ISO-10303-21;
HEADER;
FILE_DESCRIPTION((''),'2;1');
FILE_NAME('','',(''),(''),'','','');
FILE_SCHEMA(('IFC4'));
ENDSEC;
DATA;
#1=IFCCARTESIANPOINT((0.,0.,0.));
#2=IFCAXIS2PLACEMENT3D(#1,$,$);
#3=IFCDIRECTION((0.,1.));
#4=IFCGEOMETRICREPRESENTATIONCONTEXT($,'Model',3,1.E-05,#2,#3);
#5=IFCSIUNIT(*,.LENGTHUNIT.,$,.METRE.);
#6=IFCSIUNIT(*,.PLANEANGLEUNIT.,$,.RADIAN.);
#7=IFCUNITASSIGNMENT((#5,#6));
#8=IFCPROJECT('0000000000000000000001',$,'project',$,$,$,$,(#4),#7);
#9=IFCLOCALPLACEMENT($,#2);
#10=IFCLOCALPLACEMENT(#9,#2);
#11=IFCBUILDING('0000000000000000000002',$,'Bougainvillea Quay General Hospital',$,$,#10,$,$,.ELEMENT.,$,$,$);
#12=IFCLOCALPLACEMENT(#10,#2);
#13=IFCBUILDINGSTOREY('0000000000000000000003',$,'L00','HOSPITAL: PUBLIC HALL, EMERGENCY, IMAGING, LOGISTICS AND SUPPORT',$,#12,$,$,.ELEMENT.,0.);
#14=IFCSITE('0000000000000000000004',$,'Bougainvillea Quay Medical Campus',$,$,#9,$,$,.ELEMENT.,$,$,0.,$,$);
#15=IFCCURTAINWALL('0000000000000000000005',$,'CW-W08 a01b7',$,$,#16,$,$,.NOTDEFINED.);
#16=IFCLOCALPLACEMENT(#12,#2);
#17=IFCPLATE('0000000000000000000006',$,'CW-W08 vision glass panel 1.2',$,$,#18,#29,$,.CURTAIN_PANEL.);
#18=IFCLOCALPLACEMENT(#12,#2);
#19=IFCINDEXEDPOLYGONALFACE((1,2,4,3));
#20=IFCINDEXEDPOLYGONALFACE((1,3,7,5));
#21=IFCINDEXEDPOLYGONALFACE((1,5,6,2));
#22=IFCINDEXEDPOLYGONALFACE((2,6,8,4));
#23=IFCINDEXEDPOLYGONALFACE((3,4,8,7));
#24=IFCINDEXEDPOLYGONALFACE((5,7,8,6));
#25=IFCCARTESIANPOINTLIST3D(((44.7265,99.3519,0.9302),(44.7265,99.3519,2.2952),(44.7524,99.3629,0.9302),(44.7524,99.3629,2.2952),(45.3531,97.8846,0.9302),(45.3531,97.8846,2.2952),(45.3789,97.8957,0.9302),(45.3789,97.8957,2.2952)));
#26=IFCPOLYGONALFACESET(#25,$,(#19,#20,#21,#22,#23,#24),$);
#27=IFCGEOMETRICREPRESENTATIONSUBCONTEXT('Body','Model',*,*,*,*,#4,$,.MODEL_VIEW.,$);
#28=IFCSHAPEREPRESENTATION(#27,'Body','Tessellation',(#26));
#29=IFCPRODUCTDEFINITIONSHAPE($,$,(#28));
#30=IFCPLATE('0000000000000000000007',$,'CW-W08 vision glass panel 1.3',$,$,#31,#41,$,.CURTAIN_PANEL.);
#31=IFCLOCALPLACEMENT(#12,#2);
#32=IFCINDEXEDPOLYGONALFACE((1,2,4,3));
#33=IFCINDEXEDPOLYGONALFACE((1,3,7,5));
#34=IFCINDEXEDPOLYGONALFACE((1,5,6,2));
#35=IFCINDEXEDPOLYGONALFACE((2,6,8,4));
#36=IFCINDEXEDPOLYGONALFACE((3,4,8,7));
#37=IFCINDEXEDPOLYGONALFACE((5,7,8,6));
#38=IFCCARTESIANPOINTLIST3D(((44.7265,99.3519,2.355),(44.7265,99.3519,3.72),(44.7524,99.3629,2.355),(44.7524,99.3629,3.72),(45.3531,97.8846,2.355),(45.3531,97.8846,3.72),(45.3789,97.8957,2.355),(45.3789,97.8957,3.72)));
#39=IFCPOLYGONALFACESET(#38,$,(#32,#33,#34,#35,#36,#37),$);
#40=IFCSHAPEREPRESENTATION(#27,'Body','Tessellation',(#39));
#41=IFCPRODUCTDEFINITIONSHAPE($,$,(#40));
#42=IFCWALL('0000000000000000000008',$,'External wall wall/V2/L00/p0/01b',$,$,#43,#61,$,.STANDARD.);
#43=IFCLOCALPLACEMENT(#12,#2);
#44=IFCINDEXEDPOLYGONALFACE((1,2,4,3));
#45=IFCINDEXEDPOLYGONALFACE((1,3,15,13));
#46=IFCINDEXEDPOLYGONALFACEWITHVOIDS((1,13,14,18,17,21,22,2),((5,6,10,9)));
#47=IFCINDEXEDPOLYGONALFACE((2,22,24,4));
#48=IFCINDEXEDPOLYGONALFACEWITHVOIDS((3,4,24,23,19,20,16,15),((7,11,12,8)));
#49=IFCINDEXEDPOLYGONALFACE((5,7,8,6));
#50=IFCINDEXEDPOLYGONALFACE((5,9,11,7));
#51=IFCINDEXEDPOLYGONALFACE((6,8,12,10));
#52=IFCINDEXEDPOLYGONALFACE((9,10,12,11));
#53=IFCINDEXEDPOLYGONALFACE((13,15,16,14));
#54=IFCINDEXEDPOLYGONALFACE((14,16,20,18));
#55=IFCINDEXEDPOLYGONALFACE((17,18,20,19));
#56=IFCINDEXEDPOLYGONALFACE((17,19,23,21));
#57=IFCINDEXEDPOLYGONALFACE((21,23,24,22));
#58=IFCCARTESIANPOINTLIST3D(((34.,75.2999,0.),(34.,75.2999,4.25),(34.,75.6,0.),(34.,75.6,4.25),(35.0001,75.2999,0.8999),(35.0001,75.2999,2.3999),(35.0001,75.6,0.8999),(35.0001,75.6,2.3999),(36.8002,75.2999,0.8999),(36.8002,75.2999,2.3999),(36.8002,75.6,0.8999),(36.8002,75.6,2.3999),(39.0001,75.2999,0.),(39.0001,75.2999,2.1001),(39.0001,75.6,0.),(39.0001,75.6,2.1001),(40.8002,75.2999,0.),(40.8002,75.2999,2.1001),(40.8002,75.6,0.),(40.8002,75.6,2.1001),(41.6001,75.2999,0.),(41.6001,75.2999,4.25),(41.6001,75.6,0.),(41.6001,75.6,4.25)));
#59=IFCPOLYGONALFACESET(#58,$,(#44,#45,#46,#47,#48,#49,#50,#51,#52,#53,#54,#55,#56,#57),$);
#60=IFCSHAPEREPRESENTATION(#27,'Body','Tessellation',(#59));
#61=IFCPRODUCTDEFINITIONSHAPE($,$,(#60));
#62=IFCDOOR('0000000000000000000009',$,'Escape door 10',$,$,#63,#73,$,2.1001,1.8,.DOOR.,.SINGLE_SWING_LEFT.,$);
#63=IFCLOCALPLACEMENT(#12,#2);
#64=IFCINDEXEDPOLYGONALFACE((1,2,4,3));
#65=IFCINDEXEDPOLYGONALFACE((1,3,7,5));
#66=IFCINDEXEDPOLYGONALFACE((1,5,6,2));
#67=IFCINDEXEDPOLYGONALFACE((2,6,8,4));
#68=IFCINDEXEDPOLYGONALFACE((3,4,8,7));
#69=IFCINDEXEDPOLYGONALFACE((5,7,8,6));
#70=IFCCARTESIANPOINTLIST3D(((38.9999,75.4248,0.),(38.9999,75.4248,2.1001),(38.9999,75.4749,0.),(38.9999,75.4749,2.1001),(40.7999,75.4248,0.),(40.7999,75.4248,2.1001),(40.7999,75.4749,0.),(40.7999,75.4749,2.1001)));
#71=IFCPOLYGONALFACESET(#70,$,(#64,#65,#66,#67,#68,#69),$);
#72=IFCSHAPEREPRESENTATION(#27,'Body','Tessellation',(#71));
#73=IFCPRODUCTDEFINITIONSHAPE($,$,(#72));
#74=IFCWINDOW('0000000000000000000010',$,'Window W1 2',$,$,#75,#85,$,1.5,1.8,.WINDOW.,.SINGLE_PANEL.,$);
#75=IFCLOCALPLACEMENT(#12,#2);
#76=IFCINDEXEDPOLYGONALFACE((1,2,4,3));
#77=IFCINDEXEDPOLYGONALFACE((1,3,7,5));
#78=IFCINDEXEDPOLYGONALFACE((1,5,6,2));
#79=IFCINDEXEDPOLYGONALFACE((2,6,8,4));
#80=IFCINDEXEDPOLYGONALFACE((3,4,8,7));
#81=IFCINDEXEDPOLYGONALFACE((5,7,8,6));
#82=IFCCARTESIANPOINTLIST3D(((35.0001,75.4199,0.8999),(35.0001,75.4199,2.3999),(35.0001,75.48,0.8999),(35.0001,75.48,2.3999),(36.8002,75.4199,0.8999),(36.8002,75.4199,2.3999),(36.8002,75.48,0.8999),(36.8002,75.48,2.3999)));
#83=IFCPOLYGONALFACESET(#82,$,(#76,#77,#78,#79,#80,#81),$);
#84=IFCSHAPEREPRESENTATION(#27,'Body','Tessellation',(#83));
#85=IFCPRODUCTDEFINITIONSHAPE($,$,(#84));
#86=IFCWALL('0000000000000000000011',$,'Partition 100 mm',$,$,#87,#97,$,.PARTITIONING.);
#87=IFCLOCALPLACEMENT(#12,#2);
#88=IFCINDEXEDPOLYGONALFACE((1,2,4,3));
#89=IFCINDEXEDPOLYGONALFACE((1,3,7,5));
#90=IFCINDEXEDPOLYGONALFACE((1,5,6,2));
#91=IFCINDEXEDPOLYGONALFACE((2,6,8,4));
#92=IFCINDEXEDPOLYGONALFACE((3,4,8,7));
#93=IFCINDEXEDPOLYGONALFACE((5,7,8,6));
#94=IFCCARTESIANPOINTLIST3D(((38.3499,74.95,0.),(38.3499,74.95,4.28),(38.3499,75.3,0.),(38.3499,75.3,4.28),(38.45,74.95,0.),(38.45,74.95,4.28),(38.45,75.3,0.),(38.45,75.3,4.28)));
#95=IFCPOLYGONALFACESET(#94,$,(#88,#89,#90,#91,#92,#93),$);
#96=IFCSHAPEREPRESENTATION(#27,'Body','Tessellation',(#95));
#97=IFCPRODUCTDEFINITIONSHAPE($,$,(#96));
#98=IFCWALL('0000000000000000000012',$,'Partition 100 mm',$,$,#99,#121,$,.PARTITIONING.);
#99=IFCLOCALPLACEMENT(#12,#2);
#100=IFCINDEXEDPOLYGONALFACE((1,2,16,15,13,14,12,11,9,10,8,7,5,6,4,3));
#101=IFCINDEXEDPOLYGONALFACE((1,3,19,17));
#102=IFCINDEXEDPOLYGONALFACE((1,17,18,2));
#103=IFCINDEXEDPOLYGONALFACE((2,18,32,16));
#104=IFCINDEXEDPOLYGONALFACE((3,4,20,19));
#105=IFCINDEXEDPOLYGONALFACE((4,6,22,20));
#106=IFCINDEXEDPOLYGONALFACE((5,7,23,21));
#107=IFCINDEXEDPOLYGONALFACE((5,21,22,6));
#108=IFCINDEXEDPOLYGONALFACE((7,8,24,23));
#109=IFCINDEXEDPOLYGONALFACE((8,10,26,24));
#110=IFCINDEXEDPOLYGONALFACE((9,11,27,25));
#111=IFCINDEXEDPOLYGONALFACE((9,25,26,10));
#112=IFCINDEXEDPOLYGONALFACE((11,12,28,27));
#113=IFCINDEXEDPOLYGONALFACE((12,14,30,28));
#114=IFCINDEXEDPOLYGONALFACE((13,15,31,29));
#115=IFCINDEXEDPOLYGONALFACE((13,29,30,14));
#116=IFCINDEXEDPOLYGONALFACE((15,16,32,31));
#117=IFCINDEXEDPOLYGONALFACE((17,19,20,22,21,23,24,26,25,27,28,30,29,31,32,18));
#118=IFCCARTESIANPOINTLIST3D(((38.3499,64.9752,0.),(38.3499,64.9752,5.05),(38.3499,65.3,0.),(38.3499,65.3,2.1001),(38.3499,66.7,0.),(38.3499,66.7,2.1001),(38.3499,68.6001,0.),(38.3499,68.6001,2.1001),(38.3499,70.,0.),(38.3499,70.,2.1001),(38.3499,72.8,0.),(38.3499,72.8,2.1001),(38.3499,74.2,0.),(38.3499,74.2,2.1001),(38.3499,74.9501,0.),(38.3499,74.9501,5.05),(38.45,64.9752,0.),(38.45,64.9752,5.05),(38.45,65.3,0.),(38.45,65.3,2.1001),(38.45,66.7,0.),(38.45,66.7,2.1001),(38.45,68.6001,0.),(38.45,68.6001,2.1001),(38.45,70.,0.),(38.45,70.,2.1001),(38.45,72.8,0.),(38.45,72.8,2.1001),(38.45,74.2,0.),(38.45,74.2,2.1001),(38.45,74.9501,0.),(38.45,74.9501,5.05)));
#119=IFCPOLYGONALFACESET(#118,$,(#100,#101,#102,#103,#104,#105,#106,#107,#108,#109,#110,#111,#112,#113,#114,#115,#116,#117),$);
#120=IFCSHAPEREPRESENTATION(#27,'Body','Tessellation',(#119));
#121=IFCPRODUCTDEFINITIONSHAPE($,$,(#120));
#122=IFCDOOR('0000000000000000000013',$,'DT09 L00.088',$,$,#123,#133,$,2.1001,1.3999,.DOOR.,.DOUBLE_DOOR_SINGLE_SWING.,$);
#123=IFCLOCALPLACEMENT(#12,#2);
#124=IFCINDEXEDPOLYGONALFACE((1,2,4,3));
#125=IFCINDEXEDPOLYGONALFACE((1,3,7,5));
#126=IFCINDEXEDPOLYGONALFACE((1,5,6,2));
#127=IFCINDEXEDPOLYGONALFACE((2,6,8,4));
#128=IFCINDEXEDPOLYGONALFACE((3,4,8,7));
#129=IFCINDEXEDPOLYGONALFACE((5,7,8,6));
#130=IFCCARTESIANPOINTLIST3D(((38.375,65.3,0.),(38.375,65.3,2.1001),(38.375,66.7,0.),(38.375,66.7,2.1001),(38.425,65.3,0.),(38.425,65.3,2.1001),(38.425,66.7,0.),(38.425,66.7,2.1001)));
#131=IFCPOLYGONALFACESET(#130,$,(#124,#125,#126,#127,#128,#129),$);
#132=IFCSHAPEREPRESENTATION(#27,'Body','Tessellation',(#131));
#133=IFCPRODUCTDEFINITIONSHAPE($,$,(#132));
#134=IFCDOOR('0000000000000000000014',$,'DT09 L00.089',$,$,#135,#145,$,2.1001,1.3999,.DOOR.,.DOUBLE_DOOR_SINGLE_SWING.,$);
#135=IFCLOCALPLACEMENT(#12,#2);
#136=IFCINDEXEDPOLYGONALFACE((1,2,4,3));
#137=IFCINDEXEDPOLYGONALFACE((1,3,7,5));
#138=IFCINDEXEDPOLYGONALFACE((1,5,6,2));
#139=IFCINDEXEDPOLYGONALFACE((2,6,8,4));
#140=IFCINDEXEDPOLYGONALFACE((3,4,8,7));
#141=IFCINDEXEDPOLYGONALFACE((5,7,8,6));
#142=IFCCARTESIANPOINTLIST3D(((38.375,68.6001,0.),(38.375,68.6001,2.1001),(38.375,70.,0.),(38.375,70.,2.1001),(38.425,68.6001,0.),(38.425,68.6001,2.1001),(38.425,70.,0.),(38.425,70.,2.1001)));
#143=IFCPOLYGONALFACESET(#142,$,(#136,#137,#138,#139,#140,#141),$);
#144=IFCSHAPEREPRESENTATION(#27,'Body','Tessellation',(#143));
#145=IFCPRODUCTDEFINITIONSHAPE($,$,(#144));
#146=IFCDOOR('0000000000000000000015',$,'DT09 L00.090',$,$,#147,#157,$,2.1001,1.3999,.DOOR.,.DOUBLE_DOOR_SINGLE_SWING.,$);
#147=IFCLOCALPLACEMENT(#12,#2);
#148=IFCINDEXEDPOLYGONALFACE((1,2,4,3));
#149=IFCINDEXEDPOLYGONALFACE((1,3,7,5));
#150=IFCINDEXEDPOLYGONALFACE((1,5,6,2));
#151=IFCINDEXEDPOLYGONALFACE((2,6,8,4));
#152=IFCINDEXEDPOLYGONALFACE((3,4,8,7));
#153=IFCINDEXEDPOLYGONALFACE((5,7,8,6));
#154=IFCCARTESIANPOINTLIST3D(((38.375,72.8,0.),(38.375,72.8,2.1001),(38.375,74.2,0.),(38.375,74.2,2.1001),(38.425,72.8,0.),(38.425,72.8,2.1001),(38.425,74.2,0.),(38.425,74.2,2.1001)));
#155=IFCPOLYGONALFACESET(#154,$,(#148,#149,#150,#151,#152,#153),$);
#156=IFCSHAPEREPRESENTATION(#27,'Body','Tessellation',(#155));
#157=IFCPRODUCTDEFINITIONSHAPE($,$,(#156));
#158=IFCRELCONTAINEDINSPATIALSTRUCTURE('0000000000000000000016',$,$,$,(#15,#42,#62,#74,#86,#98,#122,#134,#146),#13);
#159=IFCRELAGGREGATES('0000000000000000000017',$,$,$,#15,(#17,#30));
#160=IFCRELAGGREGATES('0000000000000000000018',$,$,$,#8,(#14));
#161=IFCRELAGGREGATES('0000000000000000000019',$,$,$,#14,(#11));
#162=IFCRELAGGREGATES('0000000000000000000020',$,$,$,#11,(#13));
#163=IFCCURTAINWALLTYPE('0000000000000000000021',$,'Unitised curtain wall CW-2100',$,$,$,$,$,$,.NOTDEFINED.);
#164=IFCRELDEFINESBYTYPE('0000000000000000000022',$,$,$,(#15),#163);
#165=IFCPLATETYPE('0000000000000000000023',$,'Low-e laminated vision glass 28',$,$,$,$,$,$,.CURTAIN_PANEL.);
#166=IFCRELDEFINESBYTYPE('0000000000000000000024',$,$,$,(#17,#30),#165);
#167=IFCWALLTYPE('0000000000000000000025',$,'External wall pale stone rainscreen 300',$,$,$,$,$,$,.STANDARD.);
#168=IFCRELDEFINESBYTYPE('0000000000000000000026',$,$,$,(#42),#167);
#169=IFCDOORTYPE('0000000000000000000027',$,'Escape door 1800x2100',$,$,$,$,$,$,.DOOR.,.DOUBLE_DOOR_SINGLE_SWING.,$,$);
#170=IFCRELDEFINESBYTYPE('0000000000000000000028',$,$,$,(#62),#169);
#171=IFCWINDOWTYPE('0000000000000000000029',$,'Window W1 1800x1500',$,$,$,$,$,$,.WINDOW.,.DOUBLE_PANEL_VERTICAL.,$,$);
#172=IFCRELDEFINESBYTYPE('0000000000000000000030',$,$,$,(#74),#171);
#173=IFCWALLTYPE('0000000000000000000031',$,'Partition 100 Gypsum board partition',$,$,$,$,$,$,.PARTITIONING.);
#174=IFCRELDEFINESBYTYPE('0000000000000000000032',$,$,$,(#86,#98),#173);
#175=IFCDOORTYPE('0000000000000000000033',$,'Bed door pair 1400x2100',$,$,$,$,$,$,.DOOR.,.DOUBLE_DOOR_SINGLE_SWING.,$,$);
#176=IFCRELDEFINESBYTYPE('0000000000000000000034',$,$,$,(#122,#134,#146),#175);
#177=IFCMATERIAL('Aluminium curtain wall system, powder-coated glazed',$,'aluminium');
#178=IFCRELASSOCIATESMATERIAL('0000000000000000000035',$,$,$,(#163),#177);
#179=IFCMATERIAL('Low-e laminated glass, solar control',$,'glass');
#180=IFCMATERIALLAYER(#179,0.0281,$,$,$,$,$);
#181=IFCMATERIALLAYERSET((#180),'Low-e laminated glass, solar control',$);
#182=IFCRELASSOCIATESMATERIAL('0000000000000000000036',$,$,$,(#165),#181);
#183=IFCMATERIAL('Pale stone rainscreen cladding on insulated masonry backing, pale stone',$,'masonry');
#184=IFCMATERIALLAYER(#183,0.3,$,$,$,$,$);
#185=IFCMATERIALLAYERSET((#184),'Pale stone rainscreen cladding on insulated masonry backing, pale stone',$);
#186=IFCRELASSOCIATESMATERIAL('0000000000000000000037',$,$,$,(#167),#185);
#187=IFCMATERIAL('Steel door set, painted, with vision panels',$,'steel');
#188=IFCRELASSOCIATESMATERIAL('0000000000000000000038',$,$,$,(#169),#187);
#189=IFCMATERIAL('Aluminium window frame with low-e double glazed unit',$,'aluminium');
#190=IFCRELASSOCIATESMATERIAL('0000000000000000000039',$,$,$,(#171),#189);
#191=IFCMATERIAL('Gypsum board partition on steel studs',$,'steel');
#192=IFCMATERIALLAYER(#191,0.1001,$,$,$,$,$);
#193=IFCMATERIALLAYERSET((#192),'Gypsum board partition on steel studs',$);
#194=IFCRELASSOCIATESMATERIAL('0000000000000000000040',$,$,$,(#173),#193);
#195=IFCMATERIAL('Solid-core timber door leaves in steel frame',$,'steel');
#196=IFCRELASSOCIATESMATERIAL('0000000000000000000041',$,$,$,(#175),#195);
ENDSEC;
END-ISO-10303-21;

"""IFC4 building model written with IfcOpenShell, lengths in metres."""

from ifc_helpers import new_model, si_unit, direction, frame, frame_2d, origin, origin_2d, place, context, subcontext, project, spatial, rectangle, extrude, material, layer, layer_set, type_object, element, fill, aggregate, save


model = new_model("IFC4")

# Units and contexts
model_context = context("Model", 3, precision=1e-05, world=origin(), true_north=direction((0.0, 1.0)))
body_context = subcontext(model_context, "Body", "Model", "MODEL_VIEW")
ifc_project = project(units=[si_unit("LENGTHUNIT", "METRE"), si_unit("PLANEANGLEUNIT", "RADIAN")], contexts=[model_context])

# Site, building, storey
site_placement = place(None, origin())
site = spatial("IfcSite", under=ifc_project, at=site_placement, Name="Bougainvillea Quay Medical Campus", CompositionType="ELEMENT", RefElevation=0.0)
building_placement = place(site_placement, origin())
building = spatial("IfcBuilding", under=site, at=building_placement, Name="Bougainvillea Quay General Hospital", CompositionType="ELEMENT")
storey_placement = place(building_placement, origin())
storey = spatial("IfcBuildingStorey", under=building, at=storey_placement, Name="L00", Description="HOSPITAL: PUBLIC HALL, EMERGENCY, IMAGING, LOGISTICS AND SUPPORT", CompositionType="ELEMENT", Elevation=0.0)

# Curtain wall, plates
ifc_material_1 = material(Name="Aluminium curtain wall system, powder-coated glazed", Category="aluminium")
curtain_wall_type = type_object("IfcCurtainWallType", Name="Unitised curtain wall CW-2100", PredefinedType="NOTDEFINED", material=ifc_material_1)
curtain_wall_placement = place(storey_placement, origin())
curtain_wall = element("IfcCurtainWall", 1, at=curtain_wall_placement, inside=storey, type_object=curtain_wall_type, Name="CW-W08 a01b7", PredefinedType="NOTDEFINED")
ifc_material_2 = material(Name="Low-e laminated glass, solar control", Category="glass")
ifc_layer_1 = layer(ifc_material_2, 0.0281)
ifc_layer_set_1 = layer_set([ifc_layer_1], Name="Low-e laminated glass, solar control")
plate_type_1 = type_object("IfcPlateType", Name="Low-e laminated vision glass 28", PredefinedType="CURTAIN_PANEL", material=ifc_layer_set_1)
plate_1_placement = place(storey_placement, frame((45.0527, 98.6238, 0.9302), z_axis=(0.0, 0.0, 1.0), x_axis=(-0.392719, 0.919659, 0.0)))
plate_1 = element("IfcPlate", 2, at=plate_1_placement, type_object=plate_type_1, Name="CW-W08 vision glass panel 1.2", PredefinedType="CURTAIN_PANEL", context=body_context, shape_type="SweptSolid", body=[
    extrude(rectangle(XDim=1.5955, YDim=0.0281, at=origin_2d()), origin(), (0.0, 0.0, 1.0), 1.365),
])
plate_2_placement = place(storey_placement, frame((45.0527, 98.6238, 2.355), z_axis=(0.0, 0.0, 1.0), x_axis=(-0.392719, 0.919659, 0.0)))
plate_2 = element("IfcPlate", 3, at=plate_2_placement, type_object=plate_type_1, Name="CW-W08 vision glass panel 1.3", PredefinedType="CURTAIN_PANEL", context=body_context, shape_type="SweptSolid", body=[
    extrude(rectangle(XDim=1.5955, YDim=0.0281, at=origin_2d()), origin(), (0.0, 0.0, 1.0), 1.365),
])
aggregate(curtain_wall, [plate_1, plate_2])

# Wall, openings, door, window
ifc_material_3 = material(Name="Pale stone rainscreen cladding on insulated masonry backing, pale stone", Category="masonry")
ifc_layer_2 = layer(ifc_material_3, 0.3)
ifc_layer_set_2 = layer_set([ifc_layer_2], Name="Pale stone rainscreen cladding on insulated masonry backing, pale stone")
wall_type_1 = type_object("IfcWallType", Name="External wall pale stone rainscreen 300", PredefinedType="STANDARD", material=ifc_layer_set_2)
wall_1_placement = place(storey_placement, frame((41.6001, 75.45, 0.0), z_axis=(0.0, 0.0, 1.0), x_axis=(-1.0, 0.0, 0.0)))
wall_1 = element("IfcWall", 4, at=wall_1_placement, inside=storey, type_object=wall_type_1, Name="External wall wall/V2/L00/p0/01b", PredefinedType="STANDARD", context=body_context, shape_type="SweptSolid", body=[
    extrude(rectangle(XDim=7.6001, YDim=0.3, at=frame_2d((3.8, 0.0))), origin(), (0.0, 0.0, 1.0), 4.25),
])
opening_1_placement = place(wall_1_placement, frame((0.8, 0.0, 0.0)))
opening_1 = element("IfcOpeningElement", 5, at=opening_1_placement, cuts=wall_1, PredefinedType="OPENING", context=body_context, shape_type="SweptSolid", body=[
    extrude(rectangle(XDim=1.8, YDim=2.1001, at=frame_2d((0.8999, 1.05))), frame((0.0, 0.1599, 0.0), z_axis=(0.0, -1.0, 0.0), x_axis=(1.0, 0.0, 0.0)), (0.0, 0.0, 1.0), 0.3201),
])
opening_2_placement = place(wall_1_placement, frame((4.8, 0.0, 0.8999)))
opening_2 = element("IfcOpeningElement", 6, at=opening_2_placement, cuts=wall_1, PredefinedType="OPENING", context=body_context, shape_type="SweptSolid", body=[
    extrude(rectangle(XDim=1.8, YDim=1.5, at=frame_2d((0.8999, 0.75))), frame((0.0, 0.1599, 0.0), z_axis=(0.0, -1.0, 0.0), x_axis=(1.0, 0.0, 0.0)), (0.0, 0.0, 1.0), 0.3201),
])
ifc_material_4 = material(Name="Steel door set, painted, with vision panels", Category="steel")
door_type_1 = type_object("IfcDoorType", Name="Escape door 1800x2100", OperationType="DOUBLE_DOOR_SINGLE_SWING", PredefinedType="DOOR", material=ifc_material_4)
door_1_placement = place(opening_1_placement, frame((1.8, 0.0, 0.0), z_axis=(0.0, 0.0, 1.0), x_axis=(-1.0, 0.0, 0.0)))
door_1 = element("IfcDoor", 7, at=door_1_placement, inside=storey, type_object=door_type_1, Name="Escape door 10", OperationType="SINGLE_SWING_LEFT", OverallHeight=2.1001, OverallWidth=1.8, PredefinedType="DOOR", context=body_context, shape_type="SweptSolid", body=[
    extrude(rectangle(XDim=1.8, YDim=2.1001, at=frame_2d((0.8999, 1.05))), frame((0.0, 0.0249, 0.0), z_axis=(0.0, -1.0, 0.0), x_axis=(1.0, 0.0, 0.0)), (0.0, 0.0, 1.0), 0.05),
])
fill(opening_1, door_1)
ifc_material_5 = material(Name="Aluminium window frame with low-e double glazed unit", Category="aluminium")
window_type = type_object("IfcWindowType", Name="Window W1 1800x1500", PartitioningType="DOUBLE_PANEL_VERTICAL", PredefinedType="WINDOW", material=ifc_material_5)
window_placement = place(opening_2_placement, origin())
window = element("IfcWindow", 8, at=window_placement, inside=storey, type_object=window_type, Name="Window W1 2", OverallHeight=1.5, OverallWidth=1.8, PartitioningType="SINGLE_PANEL", PredefinedType="WINDOW", context=body_context, shape_type="SweptSolid", body=[
    extrude(rectangle(XDim=1.8, YDim=1.5, at=frame_2d((0.8999, 0.75))), frame((0.0, 0.03, 0.0), z_axis=(0.0, -1.0, 0.0), x_axis=(1.0, 0.0, 0.0)), (0.0, 0.0, 1.0), 0.0601),
])
fill(opening_2, window)

# Wall
ifc_material_6 = material(Name="Gypsum board partition on steel studs", Category="steel")
ifc_layer_3 = layer(ifc_material_6, 0.1001)
ifc_layer_set_3 = layer_set([ifc_layer_3], Name="Gypsum board partition on steel studs")
wall_type_2 = type_object("IfcWallType", Name="Partition 100 Gypsum board partition", PredefinedType="PARTITIONING", material=ifc_layer_set_3)
wall_2_placement = place(storey_placement, frame((38.3999, 75.3, 0.0), z_axis=(0.0, 0.0, 1.0), x_axis=(0.0, -1.0, 0.0)))
element("IfcWall", 9, at=wall_2_placement, inside=storey, type_object=wall_type_2, Name="Partition 100 mm", PredefinedType="PARTITIONING", context=body_context, shape_type="SweptSolid", body=[
    extrude(rectangle(XDim=0.3501, YDim=0.1001, at=frame_2d((0.175, 0.0))), origin(), (0.0, 0.0, 1.0), 4.28),
])

# Wall, openings, doors
wall_3_placement = place(storey_placement, frame((38.3999, 74.95, 0.0), z_axis=(0.0, 0.0, 1.0), x_axis=(0.0, -1.0, 0.0)))
wall_3 = element("IfcWall", 10, at=wall_3_placement, inside=storey, type_object=wall_type_2, Name="Partition 100 mm", PredefinedType="PARTITIONING", context=body_context, shape_type="SweptSolid", body=[
    extrude(rectangle(XDim=9.9749, YDim=0.1001, at=frame_2d((4.9873, 0.0))), origin(), (0.0, 0.0, 1.0), 5.05),
])
opening_3_placement = place(wall_3_placement, frame((8.25, 0.0, 0.0)))
opening_3 = element("IfcOpeningElement", 11, at=opening_3_placement, cuts=wall_3, PredefinedType="OPENING", context=body_context, shape_type="SweptSolid", body=[
    extrude(rectangle(XDim=1.3999, YDim=2.1001, at=frame_2d((0.7, 1.05))), frame((0.0, 0.0601, 0.0), z_axis=(0.0, -1.0, 0.0), x_axis=(1.0, 0.0, 0.0)), (0.0, 0.0, 1.0), 0.1201),
])
opening_4_placement = place(wall_3_placement, frame((4.95, 0.0, 0.0)))
opening_4 = element("IfcOpeningElement", 12, at=opening_4_placement, cuts=wall_3, PredefinedType="OPENING", context=body_context, shape_type="SweptSolid", body=[
    extrude(rectangle(XDim=1.3999, YDim=2.1001, at=frame_2d((0.7, 1.05))), frame((0.0, 0.0601, 0.0), z_axis=(0.0, -1.0, 0.0), x_axis=(1.0, 0.0, 0.0)), (0.0, 0.0, 1.0), 0.1201),
])
opening_5_placement = place(wall_3_placement, frame((0.75, 0.0, 0.0)))
opening_5 = element("IfcOpeningElement", 13, at=opening_5_placement, cuts=wall_3, PredefinedType="OPENING", context=body_context, shape_type="SweptSolid", body=[
    extrude(rectangle(XDim=1.3999, YDim=2.1001, at=frame_2d((0.7, 1.05))), frame((0.0, 0.0601, 0.0), z_axis=(0.0, -1.0, 0.0), x_axis=(1.0, 0.0, 0.0)), (0.0, 0.0, 1.0), 0.1201),
])
ifc_material_7 = material(Name="Solid-core timber door leaves in steel frame", Category="steel")
door_type_2 = type_object("IfcDoorType", Name="Bed door pair 1400x2100", OperationType="DOUBLE_DOOR_SINGLE_SWING", PredefinedType="DOOR", material=ifc_material_7)
door_2_placement = place(opening_3_placement, frame((1.3999, 0.0, 0.0), z_axis=(0.0, 0.0, 1.0), x_axis=(-1.0, 0.0, 0.0)))
door_2 = element("IfcDoor", 14, at=door_2_placement, inside=storey, type_object=door_type_2, Name="DT09 L00.088", OperationType="DOUBLE_DOOR_SINGLE_SWING", OverallHeight=2.1001, OverallWidth=1.3999, PredefinedType="DOOR", context=body_context, shape_type="SweptSolid", body=[
    extrude(rectangle(XDim=1.3999, YDim=2.1001, at=frame_2d((0.7, 1.05))), frame((0.0, 0.0249, 0.0), z_axis=(0.0, -1.0, 0.0), x_axis=(1.0, 0.0, 0.0)), (0.0, 0.0, 1.0), 0.05),
])
fill(opening_3, door_2)
door_3_placement = place(opening_4_placement, frame((1.3999, 0.0, 0.0), z_axis=(0.0, 0.0, 1.0), x_axis=(-1.0, 0.0, 0.0)))
door_3 = element("IfcDoor", 15, at=door_3_placement, inside=storey, type_object=door_type_2, Name="DT09 L00.089", OperationType="DOUBLE_DOOR_SINGLE_SWING", OverallHeight=2.1001, OverallWidth=1.3999, PredefinedType="DOOR", context=body_context, shape_type="SweptSolid", body=[
    extrude(rectangle(XDim=1.3999, YDim=2.1001, at=frame_2d((0.7, 1.05))), frame((0.0, 0.0249, 0.0), z_axis=(0.0, -1.0, 0.0), x_axis=(1.0, 0.0, 0.0)), (0.0, 0.0, 1.0), 0.05),
])
fill(opening_4, door_3)
door_4_placement = place(opening_5_placement, frame((1.3999, 0.0, 0.0), z_axis=(0.0, 0.0, 1.0), x_axis=(-1.0, 0.0, 0.0)))
door_4 = element("IfcDoor", 16, at=door_4_placement, inside=storey, type_object=door_type_2, Name="DT09 L00.090", OperationType="DOUBLE_DOOR_SINGLE_SWING", OverallHeight=2.1001, OverallWidth=1.3999, PredefinedType="DOOR", context=body_context, shape_type="SweptSolid", body=[
    extrude(rectangle(XDim=1.3999, YDim=2.1001, at=frame_2d((0.7, 1.05))), frame((0.0, 0.0249, 0.0), z_axis=(0.0, -1.0, 0.0), x_axis=(1.0, 0.0, 0.0)), (0.0, 0.0, 1.0), 0.05),
])
fill(opening_5, door_4)

save(model, "model.ifc")
